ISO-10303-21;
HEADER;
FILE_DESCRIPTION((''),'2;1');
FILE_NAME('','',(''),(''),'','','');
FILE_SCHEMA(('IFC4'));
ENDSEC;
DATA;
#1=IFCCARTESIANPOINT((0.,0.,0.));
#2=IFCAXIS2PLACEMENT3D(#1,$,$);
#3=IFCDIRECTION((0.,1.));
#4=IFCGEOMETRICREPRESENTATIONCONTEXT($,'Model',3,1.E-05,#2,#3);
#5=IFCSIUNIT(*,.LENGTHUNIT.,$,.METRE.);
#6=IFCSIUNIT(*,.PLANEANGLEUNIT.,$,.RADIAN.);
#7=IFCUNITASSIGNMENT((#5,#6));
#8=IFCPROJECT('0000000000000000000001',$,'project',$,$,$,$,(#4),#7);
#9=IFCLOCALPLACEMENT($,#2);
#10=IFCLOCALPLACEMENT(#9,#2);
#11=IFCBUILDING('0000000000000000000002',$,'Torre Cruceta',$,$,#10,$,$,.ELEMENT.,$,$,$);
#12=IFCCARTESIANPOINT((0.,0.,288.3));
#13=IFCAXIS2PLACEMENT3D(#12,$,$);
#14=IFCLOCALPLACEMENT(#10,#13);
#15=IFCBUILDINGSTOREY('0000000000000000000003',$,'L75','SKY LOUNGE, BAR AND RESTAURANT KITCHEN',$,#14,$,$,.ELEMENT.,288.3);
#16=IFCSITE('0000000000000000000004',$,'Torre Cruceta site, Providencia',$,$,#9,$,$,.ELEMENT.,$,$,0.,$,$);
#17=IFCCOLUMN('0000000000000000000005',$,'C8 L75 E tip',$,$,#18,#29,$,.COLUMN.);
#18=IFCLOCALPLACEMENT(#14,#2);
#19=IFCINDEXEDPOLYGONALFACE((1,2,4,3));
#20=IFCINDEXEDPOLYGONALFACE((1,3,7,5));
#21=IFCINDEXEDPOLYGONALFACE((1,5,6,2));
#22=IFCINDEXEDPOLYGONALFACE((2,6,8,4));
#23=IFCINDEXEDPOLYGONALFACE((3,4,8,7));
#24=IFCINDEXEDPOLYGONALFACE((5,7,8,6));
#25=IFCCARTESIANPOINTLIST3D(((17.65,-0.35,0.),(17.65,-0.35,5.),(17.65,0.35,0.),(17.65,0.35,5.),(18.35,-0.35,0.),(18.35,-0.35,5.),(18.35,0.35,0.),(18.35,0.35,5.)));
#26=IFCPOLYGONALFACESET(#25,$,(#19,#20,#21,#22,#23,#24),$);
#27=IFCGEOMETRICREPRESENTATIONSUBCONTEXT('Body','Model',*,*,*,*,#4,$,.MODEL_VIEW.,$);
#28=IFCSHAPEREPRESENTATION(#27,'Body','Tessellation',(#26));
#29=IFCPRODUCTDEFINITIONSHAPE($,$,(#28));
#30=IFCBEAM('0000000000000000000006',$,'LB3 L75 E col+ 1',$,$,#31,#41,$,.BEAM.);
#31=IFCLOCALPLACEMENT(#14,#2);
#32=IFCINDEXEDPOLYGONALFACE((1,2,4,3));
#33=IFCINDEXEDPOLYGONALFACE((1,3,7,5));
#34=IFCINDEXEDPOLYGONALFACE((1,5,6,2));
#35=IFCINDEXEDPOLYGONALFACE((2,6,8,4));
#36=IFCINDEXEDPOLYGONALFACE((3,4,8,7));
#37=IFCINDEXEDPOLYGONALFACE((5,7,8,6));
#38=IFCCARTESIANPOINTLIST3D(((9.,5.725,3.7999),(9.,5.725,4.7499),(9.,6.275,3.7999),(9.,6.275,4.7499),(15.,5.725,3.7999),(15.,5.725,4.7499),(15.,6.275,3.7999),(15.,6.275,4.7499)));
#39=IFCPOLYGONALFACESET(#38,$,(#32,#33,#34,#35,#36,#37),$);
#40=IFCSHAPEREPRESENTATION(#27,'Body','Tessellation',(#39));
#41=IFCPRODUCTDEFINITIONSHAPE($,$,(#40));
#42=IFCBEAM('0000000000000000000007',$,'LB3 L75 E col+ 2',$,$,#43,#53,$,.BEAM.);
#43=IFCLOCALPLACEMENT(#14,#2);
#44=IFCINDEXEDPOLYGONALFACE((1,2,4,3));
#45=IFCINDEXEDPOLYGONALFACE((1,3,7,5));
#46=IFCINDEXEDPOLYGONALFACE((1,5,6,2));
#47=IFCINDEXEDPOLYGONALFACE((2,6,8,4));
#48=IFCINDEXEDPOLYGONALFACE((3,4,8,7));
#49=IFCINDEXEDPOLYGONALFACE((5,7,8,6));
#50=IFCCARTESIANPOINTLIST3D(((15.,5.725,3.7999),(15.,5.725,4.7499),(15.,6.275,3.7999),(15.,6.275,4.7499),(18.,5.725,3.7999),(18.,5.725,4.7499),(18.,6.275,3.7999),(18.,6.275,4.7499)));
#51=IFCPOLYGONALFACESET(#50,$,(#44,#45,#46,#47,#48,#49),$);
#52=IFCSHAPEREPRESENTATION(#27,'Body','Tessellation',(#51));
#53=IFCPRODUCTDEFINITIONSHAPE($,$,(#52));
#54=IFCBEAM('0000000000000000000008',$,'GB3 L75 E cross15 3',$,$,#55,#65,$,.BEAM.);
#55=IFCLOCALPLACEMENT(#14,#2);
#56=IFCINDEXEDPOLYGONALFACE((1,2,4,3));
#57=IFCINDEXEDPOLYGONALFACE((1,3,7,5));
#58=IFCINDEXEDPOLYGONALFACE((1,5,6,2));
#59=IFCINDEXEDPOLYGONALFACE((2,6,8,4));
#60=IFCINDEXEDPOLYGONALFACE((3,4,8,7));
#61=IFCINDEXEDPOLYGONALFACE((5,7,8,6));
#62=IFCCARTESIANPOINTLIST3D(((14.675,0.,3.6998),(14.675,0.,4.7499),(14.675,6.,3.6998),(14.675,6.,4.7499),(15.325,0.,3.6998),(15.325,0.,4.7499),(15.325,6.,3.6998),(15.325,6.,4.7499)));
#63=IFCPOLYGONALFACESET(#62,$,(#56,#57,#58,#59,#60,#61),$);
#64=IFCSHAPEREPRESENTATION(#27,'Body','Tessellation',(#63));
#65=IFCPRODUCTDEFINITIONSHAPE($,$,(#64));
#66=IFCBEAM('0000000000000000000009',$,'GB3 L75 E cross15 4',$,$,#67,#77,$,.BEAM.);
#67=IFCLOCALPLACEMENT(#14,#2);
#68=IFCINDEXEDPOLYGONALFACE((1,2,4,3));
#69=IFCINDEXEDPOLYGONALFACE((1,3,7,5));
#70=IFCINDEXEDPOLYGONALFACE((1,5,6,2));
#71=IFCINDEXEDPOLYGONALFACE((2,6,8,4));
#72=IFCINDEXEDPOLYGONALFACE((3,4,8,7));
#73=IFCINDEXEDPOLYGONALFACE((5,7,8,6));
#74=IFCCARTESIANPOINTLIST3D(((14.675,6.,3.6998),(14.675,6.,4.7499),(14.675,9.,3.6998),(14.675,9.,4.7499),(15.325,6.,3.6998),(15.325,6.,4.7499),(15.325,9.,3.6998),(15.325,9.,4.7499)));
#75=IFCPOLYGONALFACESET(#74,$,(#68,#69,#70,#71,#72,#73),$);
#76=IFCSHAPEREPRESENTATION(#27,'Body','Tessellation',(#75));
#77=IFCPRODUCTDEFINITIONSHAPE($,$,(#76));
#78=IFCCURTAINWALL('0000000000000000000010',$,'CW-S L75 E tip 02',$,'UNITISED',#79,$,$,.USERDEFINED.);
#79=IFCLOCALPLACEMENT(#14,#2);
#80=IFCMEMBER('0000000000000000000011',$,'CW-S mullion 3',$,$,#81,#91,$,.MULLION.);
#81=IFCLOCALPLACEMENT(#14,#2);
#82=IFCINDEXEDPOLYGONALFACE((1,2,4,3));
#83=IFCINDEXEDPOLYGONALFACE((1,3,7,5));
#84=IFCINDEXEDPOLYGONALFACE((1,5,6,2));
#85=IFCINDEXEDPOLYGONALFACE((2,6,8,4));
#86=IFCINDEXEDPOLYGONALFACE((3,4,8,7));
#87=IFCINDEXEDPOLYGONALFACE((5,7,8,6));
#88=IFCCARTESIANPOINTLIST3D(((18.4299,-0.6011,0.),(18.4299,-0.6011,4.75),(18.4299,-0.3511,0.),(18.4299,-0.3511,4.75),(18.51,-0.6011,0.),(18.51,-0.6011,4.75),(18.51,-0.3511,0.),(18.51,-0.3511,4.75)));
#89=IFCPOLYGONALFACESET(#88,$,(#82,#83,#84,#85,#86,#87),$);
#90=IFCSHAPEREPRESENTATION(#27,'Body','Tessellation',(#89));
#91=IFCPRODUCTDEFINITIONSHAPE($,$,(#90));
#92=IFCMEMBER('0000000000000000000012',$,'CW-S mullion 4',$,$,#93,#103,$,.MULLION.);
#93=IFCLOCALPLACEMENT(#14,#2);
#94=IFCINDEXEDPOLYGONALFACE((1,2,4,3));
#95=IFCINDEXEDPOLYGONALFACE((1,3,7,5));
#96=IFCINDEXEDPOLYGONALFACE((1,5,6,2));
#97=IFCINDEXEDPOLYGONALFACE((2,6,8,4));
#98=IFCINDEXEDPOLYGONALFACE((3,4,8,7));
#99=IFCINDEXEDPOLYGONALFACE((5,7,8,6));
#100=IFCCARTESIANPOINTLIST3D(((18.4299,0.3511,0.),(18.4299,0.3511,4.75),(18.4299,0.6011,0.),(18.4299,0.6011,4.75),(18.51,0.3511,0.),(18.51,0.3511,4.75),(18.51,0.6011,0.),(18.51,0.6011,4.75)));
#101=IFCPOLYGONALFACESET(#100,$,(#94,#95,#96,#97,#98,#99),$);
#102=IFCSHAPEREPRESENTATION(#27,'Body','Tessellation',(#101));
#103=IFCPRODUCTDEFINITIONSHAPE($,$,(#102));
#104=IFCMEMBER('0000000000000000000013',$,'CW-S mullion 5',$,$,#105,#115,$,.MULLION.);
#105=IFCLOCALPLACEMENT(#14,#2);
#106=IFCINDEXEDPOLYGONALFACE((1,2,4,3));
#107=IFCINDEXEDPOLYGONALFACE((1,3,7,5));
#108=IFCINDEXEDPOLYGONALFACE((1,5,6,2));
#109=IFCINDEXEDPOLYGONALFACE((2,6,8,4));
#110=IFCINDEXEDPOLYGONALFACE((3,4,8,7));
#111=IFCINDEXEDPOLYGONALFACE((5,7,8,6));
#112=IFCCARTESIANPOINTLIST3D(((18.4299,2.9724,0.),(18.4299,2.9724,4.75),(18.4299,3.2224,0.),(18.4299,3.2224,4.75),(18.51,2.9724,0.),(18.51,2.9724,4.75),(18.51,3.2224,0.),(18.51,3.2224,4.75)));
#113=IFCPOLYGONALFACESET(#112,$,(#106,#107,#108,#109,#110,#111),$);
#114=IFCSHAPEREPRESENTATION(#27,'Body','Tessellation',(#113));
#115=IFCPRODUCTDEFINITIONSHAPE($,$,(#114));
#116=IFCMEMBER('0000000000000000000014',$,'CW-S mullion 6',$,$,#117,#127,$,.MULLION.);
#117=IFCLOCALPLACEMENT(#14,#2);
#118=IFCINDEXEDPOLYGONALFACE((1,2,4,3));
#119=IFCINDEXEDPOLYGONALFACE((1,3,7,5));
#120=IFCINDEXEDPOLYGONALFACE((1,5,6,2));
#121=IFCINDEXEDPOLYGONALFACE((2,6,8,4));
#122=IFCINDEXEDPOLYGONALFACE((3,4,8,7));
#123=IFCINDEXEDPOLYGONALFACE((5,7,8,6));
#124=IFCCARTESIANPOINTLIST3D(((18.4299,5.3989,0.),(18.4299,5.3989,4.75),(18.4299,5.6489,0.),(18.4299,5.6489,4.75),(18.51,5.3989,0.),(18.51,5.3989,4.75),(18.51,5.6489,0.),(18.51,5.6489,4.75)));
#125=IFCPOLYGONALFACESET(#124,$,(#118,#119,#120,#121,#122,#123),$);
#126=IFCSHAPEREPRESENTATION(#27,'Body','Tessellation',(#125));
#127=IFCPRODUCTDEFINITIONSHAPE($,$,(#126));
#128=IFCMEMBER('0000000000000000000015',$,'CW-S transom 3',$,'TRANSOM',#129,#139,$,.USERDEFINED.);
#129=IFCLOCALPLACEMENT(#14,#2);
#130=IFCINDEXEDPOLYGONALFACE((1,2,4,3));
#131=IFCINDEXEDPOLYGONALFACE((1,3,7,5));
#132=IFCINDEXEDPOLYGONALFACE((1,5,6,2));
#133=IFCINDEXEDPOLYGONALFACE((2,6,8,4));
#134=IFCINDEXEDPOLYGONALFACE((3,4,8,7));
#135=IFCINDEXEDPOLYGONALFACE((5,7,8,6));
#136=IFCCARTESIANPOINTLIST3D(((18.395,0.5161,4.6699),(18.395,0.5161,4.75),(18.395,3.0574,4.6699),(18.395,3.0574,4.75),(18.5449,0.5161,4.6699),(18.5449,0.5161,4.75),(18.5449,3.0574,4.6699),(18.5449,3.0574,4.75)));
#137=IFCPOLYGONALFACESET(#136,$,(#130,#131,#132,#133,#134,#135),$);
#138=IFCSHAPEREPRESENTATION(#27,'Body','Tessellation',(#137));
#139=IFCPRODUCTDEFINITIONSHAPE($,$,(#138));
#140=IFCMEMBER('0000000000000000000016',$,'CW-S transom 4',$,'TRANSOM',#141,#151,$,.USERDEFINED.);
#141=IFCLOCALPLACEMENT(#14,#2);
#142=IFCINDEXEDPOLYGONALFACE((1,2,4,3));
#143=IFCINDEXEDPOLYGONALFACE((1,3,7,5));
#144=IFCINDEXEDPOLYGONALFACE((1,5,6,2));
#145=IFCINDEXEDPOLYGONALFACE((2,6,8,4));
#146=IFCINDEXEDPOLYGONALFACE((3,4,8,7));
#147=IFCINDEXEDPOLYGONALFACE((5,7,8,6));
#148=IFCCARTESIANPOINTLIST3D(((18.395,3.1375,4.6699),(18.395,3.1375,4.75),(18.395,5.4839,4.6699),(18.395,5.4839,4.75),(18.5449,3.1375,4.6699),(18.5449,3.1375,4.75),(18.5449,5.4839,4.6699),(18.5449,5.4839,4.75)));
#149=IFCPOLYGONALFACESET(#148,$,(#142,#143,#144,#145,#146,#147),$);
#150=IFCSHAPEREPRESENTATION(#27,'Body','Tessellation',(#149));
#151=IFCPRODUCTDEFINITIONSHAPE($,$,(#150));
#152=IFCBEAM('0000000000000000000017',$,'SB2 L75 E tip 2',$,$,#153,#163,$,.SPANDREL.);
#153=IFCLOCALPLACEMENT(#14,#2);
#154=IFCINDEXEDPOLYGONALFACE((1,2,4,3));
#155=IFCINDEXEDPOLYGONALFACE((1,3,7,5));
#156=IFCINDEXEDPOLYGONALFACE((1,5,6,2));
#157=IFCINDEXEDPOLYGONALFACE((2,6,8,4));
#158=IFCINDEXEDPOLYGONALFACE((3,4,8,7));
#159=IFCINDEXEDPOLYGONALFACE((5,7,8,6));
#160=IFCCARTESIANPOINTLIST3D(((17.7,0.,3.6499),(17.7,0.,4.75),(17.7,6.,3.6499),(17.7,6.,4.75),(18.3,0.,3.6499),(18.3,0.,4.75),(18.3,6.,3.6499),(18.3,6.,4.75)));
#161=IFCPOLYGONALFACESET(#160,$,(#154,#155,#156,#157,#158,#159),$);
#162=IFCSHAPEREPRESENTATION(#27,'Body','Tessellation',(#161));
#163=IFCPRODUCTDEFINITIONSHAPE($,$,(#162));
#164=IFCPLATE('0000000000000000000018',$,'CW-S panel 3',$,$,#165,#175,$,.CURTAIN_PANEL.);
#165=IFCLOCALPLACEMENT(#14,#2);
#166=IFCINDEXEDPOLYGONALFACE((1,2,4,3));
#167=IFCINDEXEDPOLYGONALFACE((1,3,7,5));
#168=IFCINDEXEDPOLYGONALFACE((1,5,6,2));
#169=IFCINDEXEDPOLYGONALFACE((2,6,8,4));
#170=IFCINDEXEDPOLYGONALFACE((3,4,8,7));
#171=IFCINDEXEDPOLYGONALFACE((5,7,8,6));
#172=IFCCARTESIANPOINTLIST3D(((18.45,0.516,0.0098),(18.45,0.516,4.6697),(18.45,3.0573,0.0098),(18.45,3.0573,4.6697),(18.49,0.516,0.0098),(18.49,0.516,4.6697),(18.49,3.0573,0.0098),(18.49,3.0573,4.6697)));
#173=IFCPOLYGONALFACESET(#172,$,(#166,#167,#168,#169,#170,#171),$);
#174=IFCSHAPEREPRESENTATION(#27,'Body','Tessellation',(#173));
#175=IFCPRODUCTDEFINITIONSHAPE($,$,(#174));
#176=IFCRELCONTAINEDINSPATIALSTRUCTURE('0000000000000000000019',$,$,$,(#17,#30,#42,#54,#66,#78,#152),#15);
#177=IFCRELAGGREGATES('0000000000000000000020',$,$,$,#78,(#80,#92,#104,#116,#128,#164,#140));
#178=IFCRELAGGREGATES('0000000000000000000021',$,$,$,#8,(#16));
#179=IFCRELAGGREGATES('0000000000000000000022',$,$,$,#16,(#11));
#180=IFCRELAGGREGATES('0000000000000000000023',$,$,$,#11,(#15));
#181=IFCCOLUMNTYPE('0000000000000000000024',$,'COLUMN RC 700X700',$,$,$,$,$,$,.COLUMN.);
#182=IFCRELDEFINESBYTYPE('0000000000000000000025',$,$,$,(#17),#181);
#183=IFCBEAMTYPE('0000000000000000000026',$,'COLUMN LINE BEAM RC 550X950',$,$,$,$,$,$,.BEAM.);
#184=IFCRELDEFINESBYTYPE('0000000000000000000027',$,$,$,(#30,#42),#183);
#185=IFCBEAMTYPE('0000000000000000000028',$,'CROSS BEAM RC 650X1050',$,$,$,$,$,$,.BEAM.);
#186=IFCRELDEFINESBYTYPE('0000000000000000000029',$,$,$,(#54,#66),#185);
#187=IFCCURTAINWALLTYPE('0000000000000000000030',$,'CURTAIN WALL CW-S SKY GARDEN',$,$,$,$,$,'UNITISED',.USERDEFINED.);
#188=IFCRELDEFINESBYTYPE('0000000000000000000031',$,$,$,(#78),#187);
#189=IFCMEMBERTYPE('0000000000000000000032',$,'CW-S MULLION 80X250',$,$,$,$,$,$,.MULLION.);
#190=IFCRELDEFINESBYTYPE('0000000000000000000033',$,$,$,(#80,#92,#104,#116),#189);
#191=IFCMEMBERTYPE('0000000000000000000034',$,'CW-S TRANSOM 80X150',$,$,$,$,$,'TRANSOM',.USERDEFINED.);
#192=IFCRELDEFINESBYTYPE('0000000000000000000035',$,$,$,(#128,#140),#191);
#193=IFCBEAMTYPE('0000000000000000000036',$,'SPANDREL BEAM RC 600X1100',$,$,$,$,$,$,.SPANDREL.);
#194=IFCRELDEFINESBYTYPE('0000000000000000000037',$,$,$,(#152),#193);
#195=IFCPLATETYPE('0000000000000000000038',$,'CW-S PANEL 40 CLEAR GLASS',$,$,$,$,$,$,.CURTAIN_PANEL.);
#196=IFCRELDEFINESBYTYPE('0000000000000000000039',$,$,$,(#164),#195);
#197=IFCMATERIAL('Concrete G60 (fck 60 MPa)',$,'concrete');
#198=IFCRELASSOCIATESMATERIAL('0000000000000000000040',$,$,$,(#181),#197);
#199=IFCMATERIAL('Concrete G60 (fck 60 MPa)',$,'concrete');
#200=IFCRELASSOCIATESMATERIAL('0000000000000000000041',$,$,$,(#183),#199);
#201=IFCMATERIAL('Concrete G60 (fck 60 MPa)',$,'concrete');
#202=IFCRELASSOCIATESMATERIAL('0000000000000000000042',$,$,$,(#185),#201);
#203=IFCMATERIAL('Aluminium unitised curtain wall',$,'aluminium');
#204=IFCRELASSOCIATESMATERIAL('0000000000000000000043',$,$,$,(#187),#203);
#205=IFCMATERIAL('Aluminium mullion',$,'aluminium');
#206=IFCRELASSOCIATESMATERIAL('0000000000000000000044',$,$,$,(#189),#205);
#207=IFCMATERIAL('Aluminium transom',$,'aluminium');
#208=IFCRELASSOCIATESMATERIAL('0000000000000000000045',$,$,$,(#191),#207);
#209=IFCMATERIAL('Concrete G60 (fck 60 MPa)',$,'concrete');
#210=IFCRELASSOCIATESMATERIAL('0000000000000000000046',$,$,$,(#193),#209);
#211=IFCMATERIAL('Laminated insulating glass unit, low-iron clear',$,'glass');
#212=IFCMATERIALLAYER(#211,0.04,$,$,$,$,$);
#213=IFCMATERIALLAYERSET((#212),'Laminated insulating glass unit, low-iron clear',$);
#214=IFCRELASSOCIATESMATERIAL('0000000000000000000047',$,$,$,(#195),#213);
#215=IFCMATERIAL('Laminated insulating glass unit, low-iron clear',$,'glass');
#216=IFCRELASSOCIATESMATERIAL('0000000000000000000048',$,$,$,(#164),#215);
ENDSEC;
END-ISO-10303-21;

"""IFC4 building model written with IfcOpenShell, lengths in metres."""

from ifc_helpers import new_model, si_unit, direction, frame, origin, origin_2d, place, context, subcontext, project, spatial, rectangle, extrude, material, layer, layer_set, material_profile, profile_set, type_object, element, aggregate, save


model = new_model("IFC4")

# Units and contexts
model_context = context("Model", 3, precision=1e-05, world=origin(), true_north=direction((0.0, 1.0)))
body_context = subcontext(model_context, "Body", "Model", "MODEL_VIEW")
ifc_project = project(units=[si_unit("LENGTHUNIT", "METRE"), si_unit("PLANEANGLEUNIT", "RADIAN")], contexts=[model_context])

# Site, building, storey
site_placement = place(None, origin())
site = spatial("IfcSite", under=ifc_project, at=site_placement, Name="Torre Cruceta site, Providencia", CompositionType="ELEMENT", RefElevation=0.0)
building_placement = place(site_placement, origin())
building = spatial("IfcBuilding", under=site, at=building_placement, Name="Torre Cruceta", CompositionType="ELEMENT")
storey_placement = place(building_placement, frame((0.0, 0.0, 288.3)))
storey = spatial("IfcBuildingStorey", under=building, at=storey_placement, Name="L75", Description="SKY LOUNGE, BAR AND RESTAURANT KITCHEN", CompositionType="ELEMENT", Elevation=288.3)

# Column
ifc_material_1 = material(Name="Concrete G60 (fck 60 MPa)", Category="concrete")
ifc_material_profile_1 = material_profile(ifc_material_1, rectangle(XDim=0.7, YDim=0.7, at=origin_2d()), Name="RC 700X700")
ifc_profile_set_1 = profile_set([ifc_material_profile_1], Name="Concrete G60 (fck 60 MPa)")
column_type = type_object("IfcColumnType", Name="COLUMN RC 700X700", PredefinedType="COLUMN", material=ifc_profile_set_1)
column_placement = place(storey_placement, frame((18.0, 0.0, 0.0), z_axis=(0.0, 0.0, 1.0), x_axis=(1.0, 0.0, 0.0)))
element("IfcColumn", 1, at=column_placement, inside=storey, type_object=column_type, Name="C8 L75 E tip", PredefinedType="COLUMN", context=body_context, shape_type="SweptSolid", body=[
    extrude(rectangle(XDim=0.7, YDim=0.7, at=origin_2d()), origin(), (0.0, 0.0, 1.0), 5.0),
])

# Beams
ifc_material_2 = material(Name="Concrete G60 (fck 60 MPa)", Category="concrete")
ifc_material_profile_2 = material_profile(ifc_material_2, rectangle(XDim=0.55, YDim=0.95, at=origin_2d()), Name="RC 550X950")
ifc_profile_set_2 = profile_set([ifc_material_profile_2], Name="Concrete G60 (fck 60 MPa)")
beam_type_1 = type_object("IfcBeamType", Name="COLUMN LINE BEAM RC 550X950", PredefinedType="BEAM", material=ifc_profile_set_2)
beam_1_placement = place(storey_placement, frame((9.0, 6.0, 4.2749), z_axis=(1.0, 0.0, 0.0), x_axis=(0.0, 1.0, 0.0)))
element("IfcBeam", 2, at=beam_1_placement, inside=storey, type_object=beam_type_1, Name="LB3 L75 E col+ 1", PredefinedType="BEAM", context=body_context, shape_type="SweptSolid", body=[
    extrude(rectangle(XDim=0.55, YDim=0.95, at=origin_2d()), origin(), (0.0, 0.0, 1.0), 6.0),
])
beam_2_placement = place(storey_placement, frame((15.0, 6.0, 4.2749), z_axis=(1.0, 0.0, 0.0), x_axis=(0.0, 1.0, 0.0)))
element("IfcBeam", 3, at=beam_2_placement, inside=storey, type_object=beam_type_1, Name="LB3 L75 E col+ 2", PredefinedType="BEAM", context=body_context, shape_type="SweptSolid", body=[
    extrude(rectangle(XDim=0.55, YDim=0.95, at=origin_2d()), origin(), (0.0, 0.0, 1.0), 3.0),
])
ifc_material_3 = material(Name="Concrete G60 (fck 60 MPa)", Category="concrete")
ifc_material_profile_3 = material_profile(ifc_material_3, rectangle(XDim=0.6499, YDim=1.05, at=origin_2d()), Name="RC 650X1050")
ifc_profile_set_3 = profile_set([ifc_material_profile_3], Name="Concrete G60 (fck 60 MPa)")
beam_type_2 = type_object("IfcBeamType", Name="CROSS BEAM RC 650X1050", PredefinedType="BEAM", material=ifc_profile_set_3)
beam_3_placement = place(storey_placement, frame((15.0, 0.0, 4.2249), z_axis=(0.0, 1.0, 0.0), x_axis=(-1.0, 0.0, 0.0)))
element("IfcBeam", 4, at=beam_3_placement, inside=storey, type_object=beam_type_2, Name="GB3 L75 E cross15 3", PredefinedType="BEAM", context=body_context, shape_type="SweptSolid", body=[
    extrude(rectangle(XDim=0.6499, YDim=1.05, at=origin_2d()), origin(), (0.0, 0.0, 1.0), 6.0),
])
beam_4_placement = place(storey_placement, frame((15.0, 6.0, 4.2249), z_axis=(0.0, 1.0, 0.0), x_axis=(-1.0, 0.0, 0.0)))
element("IfcBeam", 5, at=beam_4_placement, inside=storey, type_object=beam_type_2, Name="GB3 L75 E cross15 4", PredefinedType="BEAM", context=body_context, shape_type="SweptSolid", body=[
    extrude(rectangle(XDim=0.6499, YDim=1.05, at=origin_2d()), origin(), (0.0, 0.0, 1.0), 3.0),
])

# Curtain wall, members
ifc_material_4 = material(Name="Aluminium unitised curtain wall", Category="aluminium")
curtain_wall_type = type_object("IfcCurtainWallType", Name="CURTAIN WALL CW-S SKY GARDEN", ElementType="UNITISED", PredefinedType="USERDEFINED", material=ifc_material_4)
curtain_wall_placement = place(storey_placement, origin())
curtain_wall = element("IfcCurtainWall", 6, at=curtain_wall_placement, inside=storey, type_object=curtain_wall_type, Name="CW-S L75 E tip 02", ObjectType="UNITISED", PredefinedType="USERDEFINED")
ifc_material_5 = material(Name="Aluminium mullion", Category="aluminium")
ifc_material_profile_4 = material_profile(ifc_material_5, rectangle(XDim=0.0801, YDim=0.25, at=origin_2d()), Name="AL 80X250")
ifc_profile_set_4 = profile_set([ifc_material_profile_4], Name="Aluminium mullion")
member_type_1 = type_object("IfcMemberType", Name="CW-S MULLION 80X250", PredefinedType="MULLION", material=ifc_profile_set_4)
member_1_placement = place(storey_placement, frame((18.47, -0.4761, 0.0), z_axis=(0.0, 0.0, 1.0), x_axis=(-1.0, 0.0, 0.0)))
member_1 = element("IfcMember", 7, at=member_1_placement, type_object=member_type_1, Name="CW-S mullion 3", PredefinedType="MULLION", context=body_context, shape_type="SweptSolid", body=[
    extrude(rectangle(XDim=0.0801, YDim=0.25, at=origin_2d()), origin(), (0.0, 0.0, 1.0), 4.75),
])
member_2_placement = place(storey_placement, frame((18.47, 0.4761, 0.0), z_axis=(0.0, 0.0, 1.0), x_axis=(-1.0, 0.0, 0.0)))
member_2 = element("IfcMember", 8, at=member_2_placement, type_object=member_type_1, Name="CW-S mullion 4", PredefinedType="MULLION", context=body_context, shape_type="SweptSolid", body=[
    extrude(rectangle(XDim=0.0801, YDim=0.25, at=origin_2d()), origin(), (0.0, 0.0, 1.0), 4.75),
])
member_3_placement = place(storey_placement, frame((18.47, 3.0974, 0.0), z_axis=(0.0, 0.0, 1.0), x_axis=(-1.0, 0.0, 0.0)))
member_3 = element("IfcMember", 9, at=member_3_placement, type_object=member_type_1, Name="CW-S mullion 5", PredefinedType="MULLION", context=body_context, shape_type="SweptSolid", body=[
    extrude(rectangle(XDim=0.0801, YDim=0.25, at=origin_2d()), origin(), (0.0, 0.0, 1.0), 4.75),
])
member_4_placement = place(storey_placement, frame((18.47, 5.5239, 0.0), z_axis=(0.0, 0.0, 1.0), x_axis=(-1.0, 0.0, 0.0)))
member_4 = element("IfcMember", 10, at=member_4_placement, type_object=member_type_1, Name="CW-S mullion 6", PredefinedType="MULLION", context=body_context, shape_type="SweptSolid", body=[
    extrude(rectangle(XDim=0.0801, YDim=0.25, at=origin_2d()), origin(), (0.0, 0.0, 1.0), 4.75),
])
ifc_material_6 = material(Name="Aluminium transom", Category="aluminium")
ifc_material_profile_5 = material_profile(ifc_material_6, rectangle(XDim=0.1499, YDim=0.0801, at=origin_2d()), Name="AL 150X80")
ifc_profile_set_5 = profile_set([ifc_material_profile_5], Name="Aluminium transom")
member_type_2 = type_object("IfcMemberType", Name="CW-S TRANSOM 80X150", ElementType="TRANSOM", PredefinedType="USERDEFINED", material=ifc_profile_set_5)
member_5_placement = place(storey_placement, frame((18.47, 0.5161, 4.71), z_axis=(0.0, 1.0, 0.0), x_axis=(-1.0, 0.0, 0.0)))
member_5 = element("IfcMember", 11, at=member_5_placement, type_object=member_type_2, Name="CW-S transom 3", ObjectType="TRANSOM", PredefinedType="USERDEFINED", context=body_context, shape_type="SweptSolid", body=[
    extrude(rectangle(XDim=0.1499, YDim=0.0801, at=origin_2d()), origin(), (0.0, 0.0, 1.0), 2.5413),
])
member_6_placement = place(storey_placement, frame((18.47, 3.1375, 4.71), z_axis=(0.0, 1.0, 0.0), x_axis=(-1.0, 0.0, 0.0)))
member_6 = element("IfcMember", 12, at=member_6_placement, type_object=member_type_2, Name="CW-S transom 4", ObjectType="TRANSOM", PredefinedType="USERDEFINED", context=body_context, shape_type="SweptSolid", body=[
    extrude(rectangle(XDim=0.1499, YDim=0.0801, at=origin_2d()), origin(), (0.0, 0.0, 1.0), 2.3464),
])

# Beam
ifc_material_7 = material(Name="Concrete G60 (fck 60 MPa)", Category="concrete")
ifc_material_profile_6 = material_profile(ifc_material_7, rectangle(XDim=0.6001, YDim=1.1001, at=origin_2d()), Name="RC 600X1100")
ifc_profile_set_6 = profile_set([ifc_material_profile_6], Name="Concrete G60 (fck 60 MPa)")
beam_type_3 = type_object("IfcBeamType", Name="SPANDREL BEAM RC 600X1100", PredefinedType="SPANDREL", material=ifc_profile_set_6)
beam_5_placement = place(storey_placement, frame((18.0, 0.0, 4.2), z_axis=(0.0, 1.0, 0.0), x_axis=(-1.0, 0.0, 0.0)))
element("IfcBeam", 13, at=beam_5_placement, inside=storey, type_object=beam_type_3, Name="SB2 L75 E tip 2", PredefinedType="SPANDREL", context=body_context, shape_type="SweptSolid", body=[
    extrude(rectangle(XDim=0.6001, YDim=1.1001, at=origin_2d()), origin(), (0.0, 0.0, 1.0), 6.0),
])

# Plate
ifc_material_8 = material(Name="Laminated insulating glass unit, low-iron clear", Category="glass")
ifc_material_9 = material(Name="Laminated insulating glass unit, low-iron clear", Category="glass")
ifc_layer_1 = layer(ifc_material_9, 0.04)
ifc_layer_set_1 = layer_set([ifc_layer_1], Name="Laminated insulating glass unit, low-iron clear")
plate_type = type_object("IfcPlateType", Name="CW-S PANEL 40 CLEAR GLASS", PredefinedType="CURTAIN_PANEL", material=ifc_layer_set_1)
plate_1_placement = place(storey_placement, frame((18.47, 1.7866, 0.0098), z_axis=(0.0, 0.0, 1.0), x_axis=(0.0, 1.0, 0.0)))
plate_1 = element("IfcPlate", 14, at=plate_1_placement, type_object=plate_type, material=ifc_material_8, Name="CW-S panel 3", PredefinedType="CURTAIN_PANEL", context=body_context, shape_type="SweptSolid", body=[
    extrude(rectangle(XDim=2.5413, YDim=0.04, at=origin_2d()), origin(), (0.0, 0.0, 1.0), 4.6599),
])
aggregate(curtain_wall, [member_1, member_2, member_3, member_4, member_5, plate_1, member_6])

save(model, "model.ifc")
